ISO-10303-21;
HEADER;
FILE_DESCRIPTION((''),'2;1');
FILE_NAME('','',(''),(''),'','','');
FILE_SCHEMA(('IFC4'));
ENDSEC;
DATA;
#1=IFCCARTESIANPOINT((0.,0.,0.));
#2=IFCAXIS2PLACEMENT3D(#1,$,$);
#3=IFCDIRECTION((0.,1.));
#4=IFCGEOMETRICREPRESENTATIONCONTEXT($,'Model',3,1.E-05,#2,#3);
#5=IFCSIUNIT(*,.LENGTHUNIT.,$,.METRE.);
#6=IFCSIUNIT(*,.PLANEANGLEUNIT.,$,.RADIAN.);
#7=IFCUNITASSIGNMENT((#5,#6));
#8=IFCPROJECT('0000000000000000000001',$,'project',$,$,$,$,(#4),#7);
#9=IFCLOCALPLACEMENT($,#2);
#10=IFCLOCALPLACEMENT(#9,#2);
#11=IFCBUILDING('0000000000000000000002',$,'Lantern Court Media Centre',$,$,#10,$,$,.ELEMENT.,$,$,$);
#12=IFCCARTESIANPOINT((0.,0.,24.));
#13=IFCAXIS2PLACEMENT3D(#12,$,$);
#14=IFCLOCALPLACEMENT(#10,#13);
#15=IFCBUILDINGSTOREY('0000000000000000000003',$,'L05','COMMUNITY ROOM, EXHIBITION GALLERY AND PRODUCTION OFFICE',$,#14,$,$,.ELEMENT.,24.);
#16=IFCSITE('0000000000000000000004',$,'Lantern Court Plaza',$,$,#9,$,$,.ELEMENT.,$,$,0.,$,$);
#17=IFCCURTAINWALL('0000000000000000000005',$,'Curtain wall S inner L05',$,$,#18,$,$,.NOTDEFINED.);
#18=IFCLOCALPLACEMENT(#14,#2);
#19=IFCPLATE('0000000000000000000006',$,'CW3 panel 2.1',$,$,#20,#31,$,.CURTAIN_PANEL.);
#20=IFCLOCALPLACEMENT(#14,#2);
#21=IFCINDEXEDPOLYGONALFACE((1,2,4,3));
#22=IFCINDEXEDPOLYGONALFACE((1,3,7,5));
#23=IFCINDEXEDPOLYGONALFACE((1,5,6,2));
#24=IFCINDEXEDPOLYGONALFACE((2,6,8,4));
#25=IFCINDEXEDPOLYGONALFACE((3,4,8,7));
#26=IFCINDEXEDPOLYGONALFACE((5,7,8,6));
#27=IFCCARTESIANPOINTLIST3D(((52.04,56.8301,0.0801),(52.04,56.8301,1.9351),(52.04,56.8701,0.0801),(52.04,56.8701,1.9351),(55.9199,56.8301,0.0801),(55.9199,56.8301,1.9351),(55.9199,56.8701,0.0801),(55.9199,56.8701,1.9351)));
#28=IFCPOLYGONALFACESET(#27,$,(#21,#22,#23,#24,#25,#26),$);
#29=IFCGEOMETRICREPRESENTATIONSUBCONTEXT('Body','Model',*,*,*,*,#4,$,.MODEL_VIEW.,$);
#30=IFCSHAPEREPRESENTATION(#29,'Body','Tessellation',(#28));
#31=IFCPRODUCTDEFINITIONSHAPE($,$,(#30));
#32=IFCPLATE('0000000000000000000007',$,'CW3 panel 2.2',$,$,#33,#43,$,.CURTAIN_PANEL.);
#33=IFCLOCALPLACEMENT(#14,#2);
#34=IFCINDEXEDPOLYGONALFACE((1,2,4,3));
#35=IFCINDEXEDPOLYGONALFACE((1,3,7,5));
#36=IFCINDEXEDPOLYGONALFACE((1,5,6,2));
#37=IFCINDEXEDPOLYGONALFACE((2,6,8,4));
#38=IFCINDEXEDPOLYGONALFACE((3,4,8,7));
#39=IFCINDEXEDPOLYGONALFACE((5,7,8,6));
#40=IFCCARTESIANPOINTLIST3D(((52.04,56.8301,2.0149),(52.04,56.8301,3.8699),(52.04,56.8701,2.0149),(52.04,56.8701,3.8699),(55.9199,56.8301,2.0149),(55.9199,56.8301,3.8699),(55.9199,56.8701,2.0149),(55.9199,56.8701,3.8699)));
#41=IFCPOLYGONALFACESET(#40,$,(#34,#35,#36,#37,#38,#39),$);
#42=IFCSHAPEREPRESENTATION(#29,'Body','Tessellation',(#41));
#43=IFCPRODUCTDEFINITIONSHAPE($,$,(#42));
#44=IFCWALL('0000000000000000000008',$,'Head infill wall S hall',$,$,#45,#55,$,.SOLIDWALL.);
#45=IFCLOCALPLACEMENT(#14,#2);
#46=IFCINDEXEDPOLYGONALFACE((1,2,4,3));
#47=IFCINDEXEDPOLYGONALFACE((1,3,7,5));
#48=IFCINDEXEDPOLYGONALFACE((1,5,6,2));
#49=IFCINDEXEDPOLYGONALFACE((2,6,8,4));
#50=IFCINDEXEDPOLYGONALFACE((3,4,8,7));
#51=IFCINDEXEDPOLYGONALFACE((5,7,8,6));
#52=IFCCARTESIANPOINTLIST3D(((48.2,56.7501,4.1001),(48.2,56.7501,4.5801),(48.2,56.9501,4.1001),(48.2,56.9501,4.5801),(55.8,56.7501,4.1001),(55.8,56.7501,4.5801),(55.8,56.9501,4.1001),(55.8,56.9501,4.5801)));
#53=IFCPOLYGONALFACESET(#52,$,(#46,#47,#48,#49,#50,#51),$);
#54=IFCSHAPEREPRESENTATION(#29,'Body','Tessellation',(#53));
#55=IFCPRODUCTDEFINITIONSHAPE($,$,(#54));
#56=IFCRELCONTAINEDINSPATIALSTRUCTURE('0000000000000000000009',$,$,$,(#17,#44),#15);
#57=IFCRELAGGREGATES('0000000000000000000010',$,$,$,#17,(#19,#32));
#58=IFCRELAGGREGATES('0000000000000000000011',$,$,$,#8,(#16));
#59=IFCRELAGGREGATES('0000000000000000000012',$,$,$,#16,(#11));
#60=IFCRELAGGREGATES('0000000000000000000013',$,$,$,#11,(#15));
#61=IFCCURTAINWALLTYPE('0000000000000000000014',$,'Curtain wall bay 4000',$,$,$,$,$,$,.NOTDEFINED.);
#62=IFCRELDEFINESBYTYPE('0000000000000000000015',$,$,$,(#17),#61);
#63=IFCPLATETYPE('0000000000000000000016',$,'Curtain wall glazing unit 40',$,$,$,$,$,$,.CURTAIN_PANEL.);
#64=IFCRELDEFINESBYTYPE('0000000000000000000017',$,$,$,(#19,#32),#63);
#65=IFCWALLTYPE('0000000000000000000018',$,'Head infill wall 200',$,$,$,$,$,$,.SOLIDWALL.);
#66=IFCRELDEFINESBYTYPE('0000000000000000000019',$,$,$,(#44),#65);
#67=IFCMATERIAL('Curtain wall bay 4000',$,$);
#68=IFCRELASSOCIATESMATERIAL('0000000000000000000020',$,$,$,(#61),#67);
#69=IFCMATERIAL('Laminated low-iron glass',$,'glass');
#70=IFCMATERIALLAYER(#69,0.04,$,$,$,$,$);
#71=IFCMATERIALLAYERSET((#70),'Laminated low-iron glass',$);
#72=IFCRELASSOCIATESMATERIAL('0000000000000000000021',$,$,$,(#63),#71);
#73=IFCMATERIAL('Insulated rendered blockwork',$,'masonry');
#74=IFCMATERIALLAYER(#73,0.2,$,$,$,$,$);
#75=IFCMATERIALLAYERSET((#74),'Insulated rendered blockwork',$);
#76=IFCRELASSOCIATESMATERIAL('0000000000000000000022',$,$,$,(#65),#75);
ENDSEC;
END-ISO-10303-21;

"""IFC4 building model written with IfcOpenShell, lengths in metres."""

from ifc_helpers import new_model, si_unit, direction, frame, frame_2d, origin, origin_2d, place, context, subcontext, project, spatial, rectangle, extrude, material, layer, layer_set, type_object, element, aggregate, save


model = new_model("IFC4")

# Units and contexts
model_context = context("Model", 3, precision=1e-05, world=origin(), true_north=direction((0.0, 1.0)))
body_context = subcontext(model_context, "Body", "Model", "MODEL_VIEW")
ifc_project = project(units=[si_unit("LENGTHUNIT", "METRE"), si_unit("PLANEANGLEUNIT", "RADIAN")], contexts=[model_context])

# Site, building, storey
site_placement = place(None, origin())
site = spatial("IfcSite", under=ifc_project, at=site_placement, Name="Lantern Court Plaza", CompositionType="ELEMENT", RefElevation=0.0)
building_placement = place(site_placement, origin())
building = spatial("IfcBuilding", under=site, at=building_placement, Name="Lantern Court Media Centre", CompositionType="ELEMENT")
storey_placement = place(building_placement, frame((0.0, 0.0, 24.0)))
storey = spatial("IfcBuildingStorey", under=building, at=storey_placement, Name="L05", Description="COMMUNITY ROOM, EXHIBITION GALLERY AND PRODUCTION OFFICE", CompositionType="ELEMENT", Elevation=24.0)

# Curtain wall
ifc_material_1 = material(Name="Curtain wall bay 4000")
curtain_wall_type = type_object("IfcCurtainWallType", Name="Curtain wall bay 4000", PredefinedType="NOTDEFINED", material=ifc_material_1)
curtain_wall_1_placement = place(storey_placement, origin())
curtain_wall_1 = element("IfcCurtainWall", 1, at=curtain_wall_1_placement, inside=storey, type_object=curtain_wall_type, Name="Curtain wall S inner L05", PredefinedType="NOTDEFINED")

# Plates
ifc_material_2 = material(Name="Laminated low-iron glass", Category="glass")
ifc_layer_1 = layer(ifc_material_2, 0.04)
ifc_layer_set_1 = layer_set([ifc_layer_1], Name="Laminated low-iron glass")
plate_type = type_object("IfcPlateType", Name="Curtain wall glazing unit 40", PredefinedType="CURTAIN_PANEL", material=ifc_layer_set_1)
plate_1_placement = place(storey_placement, frame((53.98, 56.8501, 0.0801), z_axis=(0.0, 0.0, 1.0), x_axis=(1.0, 0.0, 0.0)))
plate_1 = element("IfcPlate", 2, at=plate_1_placement, type_object=plate_type, Name="CW3 panel 2.1", PredefinedType="CURTAIN_PANEL", context=body_context, shape_type="SweptSolid", body=[
    extrude(rectangle(XDim=3.8799, YDim=0.04, at=origin_2d()), origin(), (0.0, 0.0, 1.0), 1.855),
])
plate_2_placement = place(storey_placement, frame((53.98, 56.8501, 2.0149), z_axis=(0.0, 0.0, 1.0), x_axis=(1.0, 0.0, 0.0)))
plate_2 = element("IfcPlate", 3, at=plate_2_placement, type_object=plate_type, Name="CW3 panel 2.2", PredefinedType="CURTAIN_PANEL", context=body_context, shape_type="SweptSolid", body=[
    extrude(rectangle(XDim=3.8799, YDim=0.04, at=origin_2d()), origin(), (0.0, 0.0, 1.0), 1.855),
])
aggregate(curtain_wall_1, [plate_1, plate_2])

# Wall
ifc_material_3 = material(Name="Insulated rendered blockwork", Category="masonry")
ifc_layer_2 = layer(ifc_material_3, 0.2)
ifc_layer_set_2 = layer_set([ifc_layer_2], Name="Insulated rendered blockwork")
wall_type = type_object("IfcWallType", Name="Head infill wall 200", PredefinedType="SOLIDWALL", material=ifc_layer_set_2)
wall_placement = place(storey_placement, frame((48.2, 56.8501, 4.1001), z_axis=(0.0, 0.0, 1.0), x_axis=(1.0, 0.0, 0.0)))
element("IfcWall", 4, at=wall_placement, inside=storey, type_object=wall_type, Name="Head infill wall S hall", PredefinedType="SOLIDWALL", context=body_context, shape_type="SweptSolid", body=[
    extrude(rectangle(XDim=7.6001, YDim=0.2, at=frame_2d((3.8, 0.0))), origin(), (0.0, 0.0, 1.0), 0.48),
])

save(model, "model.ifc")
